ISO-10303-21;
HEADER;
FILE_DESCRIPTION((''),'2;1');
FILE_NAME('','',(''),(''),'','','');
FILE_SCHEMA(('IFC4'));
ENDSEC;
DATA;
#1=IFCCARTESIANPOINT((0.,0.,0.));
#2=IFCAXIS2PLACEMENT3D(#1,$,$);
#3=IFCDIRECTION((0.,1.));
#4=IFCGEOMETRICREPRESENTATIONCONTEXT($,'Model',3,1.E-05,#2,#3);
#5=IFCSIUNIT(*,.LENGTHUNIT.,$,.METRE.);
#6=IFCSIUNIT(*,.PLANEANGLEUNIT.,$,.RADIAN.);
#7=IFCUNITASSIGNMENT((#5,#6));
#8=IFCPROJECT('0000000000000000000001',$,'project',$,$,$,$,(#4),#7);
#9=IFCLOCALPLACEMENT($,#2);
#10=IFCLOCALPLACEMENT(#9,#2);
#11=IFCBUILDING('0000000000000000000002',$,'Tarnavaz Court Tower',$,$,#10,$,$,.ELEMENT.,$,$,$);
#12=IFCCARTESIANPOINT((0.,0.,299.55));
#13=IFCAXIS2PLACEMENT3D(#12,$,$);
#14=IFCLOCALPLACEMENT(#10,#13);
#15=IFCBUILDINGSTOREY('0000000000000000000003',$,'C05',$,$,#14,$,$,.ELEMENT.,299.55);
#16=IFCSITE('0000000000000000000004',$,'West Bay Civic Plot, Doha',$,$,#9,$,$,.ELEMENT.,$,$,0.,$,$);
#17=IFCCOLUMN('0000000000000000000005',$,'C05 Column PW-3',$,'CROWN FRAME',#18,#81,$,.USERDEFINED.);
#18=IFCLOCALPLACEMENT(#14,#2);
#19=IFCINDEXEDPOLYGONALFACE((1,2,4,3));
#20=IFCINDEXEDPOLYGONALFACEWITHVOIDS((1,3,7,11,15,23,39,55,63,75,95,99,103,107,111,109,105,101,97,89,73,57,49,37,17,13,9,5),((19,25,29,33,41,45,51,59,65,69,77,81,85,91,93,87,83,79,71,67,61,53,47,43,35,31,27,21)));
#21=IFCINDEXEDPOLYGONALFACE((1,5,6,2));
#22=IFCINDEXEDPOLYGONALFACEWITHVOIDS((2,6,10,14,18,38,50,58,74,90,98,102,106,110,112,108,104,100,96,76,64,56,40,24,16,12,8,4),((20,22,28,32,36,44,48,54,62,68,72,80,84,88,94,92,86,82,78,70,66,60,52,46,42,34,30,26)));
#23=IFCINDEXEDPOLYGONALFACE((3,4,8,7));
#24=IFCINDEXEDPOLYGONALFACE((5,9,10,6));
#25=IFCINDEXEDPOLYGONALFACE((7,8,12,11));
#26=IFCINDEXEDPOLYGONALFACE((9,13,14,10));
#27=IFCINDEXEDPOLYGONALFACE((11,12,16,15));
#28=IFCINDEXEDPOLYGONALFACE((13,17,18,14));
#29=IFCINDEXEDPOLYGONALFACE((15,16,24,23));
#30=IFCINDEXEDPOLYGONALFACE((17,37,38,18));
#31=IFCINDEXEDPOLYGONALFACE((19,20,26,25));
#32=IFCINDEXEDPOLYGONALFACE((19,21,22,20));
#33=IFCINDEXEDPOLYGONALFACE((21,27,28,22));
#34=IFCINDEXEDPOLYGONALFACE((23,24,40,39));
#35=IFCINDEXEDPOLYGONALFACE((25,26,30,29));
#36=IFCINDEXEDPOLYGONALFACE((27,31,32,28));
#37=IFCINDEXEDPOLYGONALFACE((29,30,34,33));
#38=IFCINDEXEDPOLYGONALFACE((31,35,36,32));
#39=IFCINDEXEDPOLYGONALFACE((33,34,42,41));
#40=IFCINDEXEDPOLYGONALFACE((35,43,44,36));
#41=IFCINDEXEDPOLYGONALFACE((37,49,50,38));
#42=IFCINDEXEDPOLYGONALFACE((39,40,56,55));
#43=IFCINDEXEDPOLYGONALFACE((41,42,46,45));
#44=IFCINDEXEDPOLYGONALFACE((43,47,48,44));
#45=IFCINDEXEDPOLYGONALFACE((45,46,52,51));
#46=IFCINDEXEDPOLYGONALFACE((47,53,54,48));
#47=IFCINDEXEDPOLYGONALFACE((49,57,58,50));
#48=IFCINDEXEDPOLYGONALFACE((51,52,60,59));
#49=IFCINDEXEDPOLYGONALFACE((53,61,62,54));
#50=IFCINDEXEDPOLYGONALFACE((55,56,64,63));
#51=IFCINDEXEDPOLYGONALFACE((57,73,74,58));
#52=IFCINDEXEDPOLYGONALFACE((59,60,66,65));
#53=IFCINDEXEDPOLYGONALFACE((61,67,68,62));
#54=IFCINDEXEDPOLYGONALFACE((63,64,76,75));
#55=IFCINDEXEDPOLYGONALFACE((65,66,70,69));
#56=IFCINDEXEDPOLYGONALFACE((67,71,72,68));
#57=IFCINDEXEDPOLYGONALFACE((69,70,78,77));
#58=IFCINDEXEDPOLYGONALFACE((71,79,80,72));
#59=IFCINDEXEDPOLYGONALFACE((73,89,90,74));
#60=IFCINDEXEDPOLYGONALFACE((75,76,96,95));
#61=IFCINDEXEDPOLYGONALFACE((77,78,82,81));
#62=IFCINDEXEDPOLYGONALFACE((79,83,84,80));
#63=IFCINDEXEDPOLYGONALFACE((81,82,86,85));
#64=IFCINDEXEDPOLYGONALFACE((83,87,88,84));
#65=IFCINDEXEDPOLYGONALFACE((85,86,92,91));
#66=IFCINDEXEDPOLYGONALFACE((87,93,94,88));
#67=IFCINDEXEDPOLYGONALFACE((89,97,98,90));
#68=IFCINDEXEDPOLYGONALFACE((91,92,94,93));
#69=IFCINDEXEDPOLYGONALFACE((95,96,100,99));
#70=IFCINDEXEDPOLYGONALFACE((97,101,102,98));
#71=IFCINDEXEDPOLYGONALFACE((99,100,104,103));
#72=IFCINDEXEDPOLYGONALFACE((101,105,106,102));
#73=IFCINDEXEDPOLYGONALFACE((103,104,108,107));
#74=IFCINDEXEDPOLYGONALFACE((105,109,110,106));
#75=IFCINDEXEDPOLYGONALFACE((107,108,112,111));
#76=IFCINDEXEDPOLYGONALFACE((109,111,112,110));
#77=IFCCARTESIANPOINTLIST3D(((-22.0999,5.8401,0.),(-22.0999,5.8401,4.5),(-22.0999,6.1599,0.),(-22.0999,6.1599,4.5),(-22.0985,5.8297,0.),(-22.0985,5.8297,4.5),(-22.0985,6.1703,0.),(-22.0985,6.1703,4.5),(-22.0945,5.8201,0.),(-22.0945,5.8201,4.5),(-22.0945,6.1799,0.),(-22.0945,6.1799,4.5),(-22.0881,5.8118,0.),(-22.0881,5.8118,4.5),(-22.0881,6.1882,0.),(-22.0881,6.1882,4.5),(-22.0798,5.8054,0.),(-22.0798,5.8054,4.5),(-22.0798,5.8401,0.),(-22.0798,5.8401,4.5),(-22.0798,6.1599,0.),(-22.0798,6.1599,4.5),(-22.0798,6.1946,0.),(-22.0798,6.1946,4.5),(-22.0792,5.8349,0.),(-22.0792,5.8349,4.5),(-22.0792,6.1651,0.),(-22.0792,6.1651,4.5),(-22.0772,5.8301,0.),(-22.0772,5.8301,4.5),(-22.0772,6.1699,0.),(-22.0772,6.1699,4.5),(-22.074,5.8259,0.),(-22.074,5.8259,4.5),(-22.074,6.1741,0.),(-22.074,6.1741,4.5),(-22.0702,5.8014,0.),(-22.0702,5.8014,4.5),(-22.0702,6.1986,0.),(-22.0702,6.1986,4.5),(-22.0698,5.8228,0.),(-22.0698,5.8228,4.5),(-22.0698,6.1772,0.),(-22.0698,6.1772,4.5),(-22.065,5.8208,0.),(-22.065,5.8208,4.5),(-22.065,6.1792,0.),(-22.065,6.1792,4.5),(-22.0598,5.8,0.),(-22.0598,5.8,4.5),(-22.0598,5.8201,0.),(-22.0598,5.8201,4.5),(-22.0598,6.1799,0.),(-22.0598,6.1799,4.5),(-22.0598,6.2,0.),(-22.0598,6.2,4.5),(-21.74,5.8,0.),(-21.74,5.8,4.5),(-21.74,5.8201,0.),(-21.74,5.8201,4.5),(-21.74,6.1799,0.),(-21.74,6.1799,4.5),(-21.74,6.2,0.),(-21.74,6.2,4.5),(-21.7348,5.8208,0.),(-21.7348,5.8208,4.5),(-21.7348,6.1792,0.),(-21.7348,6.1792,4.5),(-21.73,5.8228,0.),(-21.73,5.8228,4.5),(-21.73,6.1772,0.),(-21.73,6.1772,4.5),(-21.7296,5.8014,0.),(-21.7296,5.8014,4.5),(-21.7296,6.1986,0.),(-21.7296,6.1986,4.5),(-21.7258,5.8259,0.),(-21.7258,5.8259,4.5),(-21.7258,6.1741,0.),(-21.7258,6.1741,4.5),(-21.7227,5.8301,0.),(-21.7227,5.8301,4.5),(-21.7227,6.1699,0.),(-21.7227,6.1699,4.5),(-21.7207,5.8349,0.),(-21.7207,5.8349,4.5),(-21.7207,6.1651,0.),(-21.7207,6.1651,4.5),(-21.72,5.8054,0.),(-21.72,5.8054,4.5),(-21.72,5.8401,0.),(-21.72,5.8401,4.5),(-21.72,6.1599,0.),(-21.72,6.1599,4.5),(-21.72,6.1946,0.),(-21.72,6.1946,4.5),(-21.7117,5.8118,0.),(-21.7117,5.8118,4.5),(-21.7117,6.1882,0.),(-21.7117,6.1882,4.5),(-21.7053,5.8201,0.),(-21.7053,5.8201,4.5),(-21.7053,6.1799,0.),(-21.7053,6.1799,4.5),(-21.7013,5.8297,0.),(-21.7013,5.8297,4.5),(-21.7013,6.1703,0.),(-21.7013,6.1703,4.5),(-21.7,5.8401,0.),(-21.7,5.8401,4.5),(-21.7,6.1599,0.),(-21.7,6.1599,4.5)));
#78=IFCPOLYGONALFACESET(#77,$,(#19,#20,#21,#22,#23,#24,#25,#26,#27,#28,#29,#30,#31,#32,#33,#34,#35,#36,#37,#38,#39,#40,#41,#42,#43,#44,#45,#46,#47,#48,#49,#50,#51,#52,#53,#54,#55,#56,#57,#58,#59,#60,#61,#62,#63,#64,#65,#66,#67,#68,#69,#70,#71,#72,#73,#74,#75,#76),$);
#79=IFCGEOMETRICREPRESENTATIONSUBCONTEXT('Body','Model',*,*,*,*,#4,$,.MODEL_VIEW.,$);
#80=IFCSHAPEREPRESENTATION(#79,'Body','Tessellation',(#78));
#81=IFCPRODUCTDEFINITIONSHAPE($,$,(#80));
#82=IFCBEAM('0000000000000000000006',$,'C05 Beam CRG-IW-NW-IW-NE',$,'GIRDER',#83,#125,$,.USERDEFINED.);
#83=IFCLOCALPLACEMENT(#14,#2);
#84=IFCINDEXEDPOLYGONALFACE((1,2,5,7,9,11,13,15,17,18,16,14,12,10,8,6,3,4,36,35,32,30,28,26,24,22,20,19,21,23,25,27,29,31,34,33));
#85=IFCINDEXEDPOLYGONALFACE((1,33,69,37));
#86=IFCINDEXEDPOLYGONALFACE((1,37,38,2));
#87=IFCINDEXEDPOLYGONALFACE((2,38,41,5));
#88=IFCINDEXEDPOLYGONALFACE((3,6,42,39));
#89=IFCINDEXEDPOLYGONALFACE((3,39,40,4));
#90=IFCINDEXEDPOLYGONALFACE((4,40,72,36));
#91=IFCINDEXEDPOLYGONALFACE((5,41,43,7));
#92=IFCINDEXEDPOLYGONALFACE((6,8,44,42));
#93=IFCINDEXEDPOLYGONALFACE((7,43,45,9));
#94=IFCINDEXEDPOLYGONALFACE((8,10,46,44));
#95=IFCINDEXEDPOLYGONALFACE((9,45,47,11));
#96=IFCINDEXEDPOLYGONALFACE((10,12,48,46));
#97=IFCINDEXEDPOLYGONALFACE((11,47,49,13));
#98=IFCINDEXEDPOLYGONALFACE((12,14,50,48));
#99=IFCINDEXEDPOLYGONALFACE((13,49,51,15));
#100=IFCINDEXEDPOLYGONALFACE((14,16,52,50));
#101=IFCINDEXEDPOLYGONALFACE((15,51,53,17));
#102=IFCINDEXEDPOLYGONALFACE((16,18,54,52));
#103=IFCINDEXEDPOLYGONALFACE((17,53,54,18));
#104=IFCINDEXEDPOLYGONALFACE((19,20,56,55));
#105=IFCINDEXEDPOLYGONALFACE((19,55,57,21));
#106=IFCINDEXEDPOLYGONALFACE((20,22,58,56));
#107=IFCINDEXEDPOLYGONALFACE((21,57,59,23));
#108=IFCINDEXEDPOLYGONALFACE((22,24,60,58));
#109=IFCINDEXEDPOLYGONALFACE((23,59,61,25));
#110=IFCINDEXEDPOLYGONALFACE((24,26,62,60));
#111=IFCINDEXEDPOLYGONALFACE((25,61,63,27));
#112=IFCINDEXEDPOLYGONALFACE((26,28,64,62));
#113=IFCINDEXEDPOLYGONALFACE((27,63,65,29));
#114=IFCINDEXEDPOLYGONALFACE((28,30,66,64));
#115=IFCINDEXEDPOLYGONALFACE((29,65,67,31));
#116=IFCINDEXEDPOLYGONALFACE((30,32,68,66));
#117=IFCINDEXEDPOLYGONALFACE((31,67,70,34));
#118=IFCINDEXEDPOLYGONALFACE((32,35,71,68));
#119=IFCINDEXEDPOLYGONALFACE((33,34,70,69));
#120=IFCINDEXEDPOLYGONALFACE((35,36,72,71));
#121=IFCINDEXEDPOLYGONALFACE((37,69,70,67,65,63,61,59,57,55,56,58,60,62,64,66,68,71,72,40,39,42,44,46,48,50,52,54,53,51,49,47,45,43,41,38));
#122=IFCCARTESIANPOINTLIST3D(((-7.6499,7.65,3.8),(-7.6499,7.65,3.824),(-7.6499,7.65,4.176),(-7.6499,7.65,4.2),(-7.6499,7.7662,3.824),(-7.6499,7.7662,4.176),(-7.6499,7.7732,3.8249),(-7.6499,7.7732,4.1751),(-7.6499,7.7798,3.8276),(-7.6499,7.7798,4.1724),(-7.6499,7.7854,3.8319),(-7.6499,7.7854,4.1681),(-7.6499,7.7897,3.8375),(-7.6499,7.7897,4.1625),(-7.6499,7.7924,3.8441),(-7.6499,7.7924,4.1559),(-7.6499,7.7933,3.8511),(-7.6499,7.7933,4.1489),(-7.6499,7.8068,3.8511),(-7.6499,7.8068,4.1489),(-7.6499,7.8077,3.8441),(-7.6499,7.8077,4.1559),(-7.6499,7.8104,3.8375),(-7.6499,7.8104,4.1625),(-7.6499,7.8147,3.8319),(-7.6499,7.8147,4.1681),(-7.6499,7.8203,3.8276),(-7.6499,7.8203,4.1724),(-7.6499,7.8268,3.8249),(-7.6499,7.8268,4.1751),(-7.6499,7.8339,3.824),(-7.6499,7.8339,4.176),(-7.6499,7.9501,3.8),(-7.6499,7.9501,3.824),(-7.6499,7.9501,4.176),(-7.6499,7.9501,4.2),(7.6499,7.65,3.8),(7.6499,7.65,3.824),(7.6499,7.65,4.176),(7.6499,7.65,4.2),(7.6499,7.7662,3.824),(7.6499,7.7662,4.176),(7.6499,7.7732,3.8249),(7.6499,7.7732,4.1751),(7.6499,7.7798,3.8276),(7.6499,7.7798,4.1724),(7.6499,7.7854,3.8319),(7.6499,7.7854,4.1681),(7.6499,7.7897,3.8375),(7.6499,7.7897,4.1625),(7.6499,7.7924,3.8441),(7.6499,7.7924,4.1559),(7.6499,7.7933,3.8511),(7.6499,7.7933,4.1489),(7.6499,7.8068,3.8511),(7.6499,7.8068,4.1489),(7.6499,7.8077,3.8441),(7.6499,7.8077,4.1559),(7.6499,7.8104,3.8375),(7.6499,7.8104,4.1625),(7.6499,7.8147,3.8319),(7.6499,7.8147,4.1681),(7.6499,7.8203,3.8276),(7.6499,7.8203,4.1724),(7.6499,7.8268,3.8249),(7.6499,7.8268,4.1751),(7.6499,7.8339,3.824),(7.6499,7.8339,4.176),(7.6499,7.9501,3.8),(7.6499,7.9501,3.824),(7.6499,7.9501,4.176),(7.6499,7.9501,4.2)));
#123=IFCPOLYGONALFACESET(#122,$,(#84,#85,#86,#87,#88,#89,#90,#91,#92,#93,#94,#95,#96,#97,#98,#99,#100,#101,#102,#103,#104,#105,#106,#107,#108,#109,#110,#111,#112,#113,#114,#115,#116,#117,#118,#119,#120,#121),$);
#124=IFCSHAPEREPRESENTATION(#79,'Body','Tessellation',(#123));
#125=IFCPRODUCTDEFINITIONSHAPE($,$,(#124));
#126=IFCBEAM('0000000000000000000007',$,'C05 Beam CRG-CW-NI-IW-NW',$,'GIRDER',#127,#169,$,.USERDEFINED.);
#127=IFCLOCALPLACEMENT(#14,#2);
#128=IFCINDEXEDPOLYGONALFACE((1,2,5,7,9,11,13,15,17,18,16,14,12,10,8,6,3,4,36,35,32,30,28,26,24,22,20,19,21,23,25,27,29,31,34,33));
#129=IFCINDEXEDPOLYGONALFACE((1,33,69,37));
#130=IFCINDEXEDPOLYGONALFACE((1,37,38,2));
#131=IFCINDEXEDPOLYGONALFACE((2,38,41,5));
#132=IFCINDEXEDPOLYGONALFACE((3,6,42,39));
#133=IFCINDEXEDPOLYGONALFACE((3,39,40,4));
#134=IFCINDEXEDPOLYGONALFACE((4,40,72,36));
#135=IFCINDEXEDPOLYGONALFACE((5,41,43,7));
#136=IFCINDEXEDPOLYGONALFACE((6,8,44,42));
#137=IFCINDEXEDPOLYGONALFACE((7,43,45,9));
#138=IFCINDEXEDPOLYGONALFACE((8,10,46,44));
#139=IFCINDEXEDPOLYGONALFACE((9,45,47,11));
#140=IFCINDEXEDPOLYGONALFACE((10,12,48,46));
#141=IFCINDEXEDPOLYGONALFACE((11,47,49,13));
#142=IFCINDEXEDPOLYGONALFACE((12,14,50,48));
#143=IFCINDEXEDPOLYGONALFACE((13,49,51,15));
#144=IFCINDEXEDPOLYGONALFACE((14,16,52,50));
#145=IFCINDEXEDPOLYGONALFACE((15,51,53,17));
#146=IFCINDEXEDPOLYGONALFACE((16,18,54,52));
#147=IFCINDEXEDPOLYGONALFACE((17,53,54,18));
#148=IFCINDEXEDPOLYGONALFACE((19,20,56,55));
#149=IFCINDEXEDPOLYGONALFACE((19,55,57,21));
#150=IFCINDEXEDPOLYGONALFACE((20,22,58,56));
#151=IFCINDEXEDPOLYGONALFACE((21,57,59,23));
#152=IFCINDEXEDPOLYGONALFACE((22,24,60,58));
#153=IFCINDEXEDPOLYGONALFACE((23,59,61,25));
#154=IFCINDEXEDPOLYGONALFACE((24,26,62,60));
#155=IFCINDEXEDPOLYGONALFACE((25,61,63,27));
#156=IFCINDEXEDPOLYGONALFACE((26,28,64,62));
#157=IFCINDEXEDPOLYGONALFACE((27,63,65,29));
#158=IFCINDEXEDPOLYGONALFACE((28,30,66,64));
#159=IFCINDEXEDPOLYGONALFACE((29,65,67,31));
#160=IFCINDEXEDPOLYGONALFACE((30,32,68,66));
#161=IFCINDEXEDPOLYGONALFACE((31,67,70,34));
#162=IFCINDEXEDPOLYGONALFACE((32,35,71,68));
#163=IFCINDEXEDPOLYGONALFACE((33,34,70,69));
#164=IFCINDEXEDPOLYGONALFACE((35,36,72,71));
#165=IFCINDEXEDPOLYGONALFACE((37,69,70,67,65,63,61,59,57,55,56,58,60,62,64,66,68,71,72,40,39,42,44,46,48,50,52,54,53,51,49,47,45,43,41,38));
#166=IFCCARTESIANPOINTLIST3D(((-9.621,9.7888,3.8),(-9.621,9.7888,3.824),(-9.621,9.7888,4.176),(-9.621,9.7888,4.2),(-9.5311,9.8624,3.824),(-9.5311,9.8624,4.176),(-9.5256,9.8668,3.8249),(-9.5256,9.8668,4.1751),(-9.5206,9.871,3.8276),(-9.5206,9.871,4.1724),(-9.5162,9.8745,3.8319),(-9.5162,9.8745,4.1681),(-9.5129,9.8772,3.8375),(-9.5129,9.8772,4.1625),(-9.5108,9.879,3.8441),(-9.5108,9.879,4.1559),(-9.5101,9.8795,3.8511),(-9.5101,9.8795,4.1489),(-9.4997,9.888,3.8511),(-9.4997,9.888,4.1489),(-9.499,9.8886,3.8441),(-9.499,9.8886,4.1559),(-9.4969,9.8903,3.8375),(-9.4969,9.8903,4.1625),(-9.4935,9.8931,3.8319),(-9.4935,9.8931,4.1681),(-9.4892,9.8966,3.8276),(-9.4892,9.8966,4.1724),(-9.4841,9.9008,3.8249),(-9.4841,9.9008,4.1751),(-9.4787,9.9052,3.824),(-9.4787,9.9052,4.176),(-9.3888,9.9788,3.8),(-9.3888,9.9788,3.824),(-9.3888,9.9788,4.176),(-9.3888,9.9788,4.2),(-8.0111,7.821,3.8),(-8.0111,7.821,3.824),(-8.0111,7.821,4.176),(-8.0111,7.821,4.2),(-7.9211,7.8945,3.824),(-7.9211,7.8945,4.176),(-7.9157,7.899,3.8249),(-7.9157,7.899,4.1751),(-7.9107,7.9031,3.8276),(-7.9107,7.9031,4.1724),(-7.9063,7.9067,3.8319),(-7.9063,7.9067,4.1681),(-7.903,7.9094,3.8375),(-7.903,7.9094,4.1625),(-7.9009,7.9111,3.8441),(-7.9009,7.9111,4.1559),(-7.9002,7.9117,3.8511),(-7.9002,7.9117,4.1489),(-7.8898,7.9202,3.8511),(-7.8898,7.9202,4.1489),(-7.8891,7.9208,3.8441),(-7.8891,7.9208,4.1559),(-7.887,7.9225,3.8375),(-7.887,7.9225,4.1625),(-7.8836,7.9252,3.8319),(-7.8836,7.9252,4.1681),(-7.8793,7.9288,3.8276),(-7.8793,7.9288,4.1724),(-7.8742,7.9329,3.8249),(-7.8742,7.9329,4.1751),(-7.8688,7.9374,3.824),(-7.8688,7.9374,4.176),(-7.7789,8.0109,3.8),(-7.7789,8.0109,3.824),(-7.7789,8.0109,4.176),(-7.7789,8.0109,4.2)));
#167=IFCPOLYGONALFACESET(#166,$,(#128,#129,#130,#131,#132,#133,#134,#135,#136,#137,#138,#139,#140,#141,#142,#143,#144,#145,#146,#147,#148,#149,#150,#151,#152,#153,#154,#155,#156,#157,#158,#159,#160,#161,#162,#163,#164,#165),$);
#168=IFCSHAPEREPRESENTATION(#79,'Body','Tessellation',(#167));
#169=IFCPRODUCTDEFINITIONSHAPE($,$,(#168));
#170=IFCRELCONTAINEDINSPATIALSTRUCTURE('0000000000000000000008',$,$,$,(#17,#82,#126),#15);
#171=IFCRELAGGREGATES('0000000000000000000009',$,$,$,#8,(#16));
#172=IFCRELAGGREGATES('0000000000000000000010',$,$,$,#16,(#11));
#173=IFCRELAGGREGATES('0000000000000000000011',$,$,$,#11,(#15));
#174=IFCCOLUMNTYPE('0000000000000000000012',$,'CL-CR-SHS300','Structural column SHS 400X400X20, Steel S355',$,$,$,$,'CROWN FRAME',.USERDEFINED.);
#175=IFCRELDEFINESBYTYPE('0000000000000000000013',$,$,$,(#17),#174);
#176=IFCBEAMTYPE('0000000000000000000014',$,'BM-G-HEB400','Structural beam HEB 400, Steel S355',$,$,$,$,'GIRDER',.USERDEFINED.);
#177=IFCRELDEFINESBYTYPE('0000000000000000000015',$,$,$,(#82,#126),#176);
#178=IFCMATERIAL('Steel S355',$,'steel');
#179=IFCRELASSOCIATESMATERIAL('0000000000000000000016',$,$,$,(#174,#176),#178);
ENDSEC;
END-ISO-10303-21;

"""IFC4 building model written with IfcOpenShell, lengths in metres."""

from ifc_helpers import new_model, si_unit, direction, frame, origin, origin_2d, place, context, subcontext, project, spatial, hollow_rectangle, i_section, extrude, material, material_profile, profile_set, type_object, element, save


model = new_model("IFC4")

# Units and contexts
model_context = context("Model", 3, precision=1e-05, world=origin(), true_north=direction((0.0, 1.0)))
body_context = subcontext(model_context, "Body", "Model", "MODEL_VIEW")
ifc_project = project(units=[si_unit("LENGTHUNIT", "METRE"), si_unit("PLANEANGLEUNIT", "RADIAN")], contexts=[model_context])

# Site, building, storey
site_placement = place(None, origin())
site = spatial("IfcSite", under=ifc_project, at=site_placement, Name="West Bay Civic Plot, Doha", CompositionType="ELEMENT", RefElevation=0.0)
building_placement = place(site_placement, origin())
building = spatial("IfcBuilding", under=site, at=building_placement, Name="Tarnavaz Court Tower", CompositionType="ELEMENT")
storey_placement = place(building_placement, frame((0.0, 0.0, 299.55)))
storey = spatial("IfcBuildingStorey", under=building, at=storey_placement, Name="C05", CompositionType="ELEMENT", Elevation=299.55)

# Column
ifc_material_1 = material(Name="Steel S355", Category="steel")
ifc_material_profile_1 = material_profile(ifc_material_1, hollow_rectangle(XDim=0.3999, YDim=0.3999, WallThickness=0.02, InnerFilletRadius=0.02, OuterFilletRadius=0.04, at=origin_2d()), Name="SHS 400X400X20")
ifc_profile_set_1 = profile_set([ifc_material_profile_1], Name="Steel S355")
column_type = type_object("IfcColumnType", Name="CL-CR-SHS300", Description="Structural column SHS 400X400X20, Steel S355", ElementType="CROWN FRAME", PredefinedType="USERDEFINED", material=ifc_profile_set_1)
for number, where, z_axis, x_axis, name in (
    (1, (-21.8999, 6.0, 0.0), (0.0, 0.0, 1.0), (1.0, 0.0, 0.0), "C05 Column PW-3"),
):
    element("IfcColumn", number, at=place(storey_placement, frame(where, z_axis=z_axis, x_axis=x_axis)), inside=storey, type_object=column_type, Name=name, ObjectType="CROWN FRAME", PredefinedType="USERDEFINED", context=body_context, shape_type="SweptSolid", body=[
        extrude(hollow_rectangle(XDim=0.3999, YDim=0.3999, WallThickness=0.02, InnerFilletRadius=0.02, OuterFilletRadius=0.04, at=origin_2d()), origin(), (0.0, 0.0, 1.0), 4.5),
    ])

# Beams
ifc_material_profile_2 = material_profile(ifc_material_1, i_section(OverallWidth=0.3, OverallDepth=0.3999, WebThickness=0.0134, FlangeThickness=0.0239, FilletRadius=0.0271, at=origin_2d()), Name="HEB 400")
ifc_profile_set_2 = profile_set([ifc_material_profile_2], Name="Steel S355")
beam_type = type_object("IfcBeamType", Name="BM-G-HEB400", Description="Structural beam HEB 400, Steel S355", ElementType="GIRDER", PredefinedType="USERDEFINED", material=ifc_profile_set_2)
beam_1_placement = place(storey_placement, frame((-7.6499, 7.8, 4.0), z_axis=(1.0, 0.0, 0.0), x_axis=(0.0, 1.0, 0.0)))
element("IfcBeam", 2, at=beam_1_placement, inside=storey, type_object=beam_type, Name="C05 Beam CRG-IW-NW-IW-NE", ObjectType="GIRDER", PredefinedType="USERDEFINED", context=body_context, shape_type="SweptSolid", body=[
    extrude(i_section(OverallWidth=0.3, OverallDepth=0.3999, WebThickness=0.0134, FlangeThickness=0.0239, FilletRadius=0.0271, at=origin_2d()), origin(), (0.0, 0.0, 1.0), 15.2998),
])
beam_2_placement = place(storey_placement, frame((-9.5049, 9.8838, 4.0), z_axis=(0.633206, -0.773983, 0.0), x_axis=(0.773983, 0.633206, 0.0)))
element("IfcBeam", 3, at=beam_2_placement, inside=storey, type_object=beam_type, Name="C05 Beam CRG-CW-NI-IW-NW", ObjectType="GIRDER", PredefinedType="USERDEFINED", context=body_context, shape_type="SweptSolid", body=[
    extrude(i_section(OverallWidth=0.3, OverallDepth=0.3999, WebThickness=0.0134, FlangeThickness=0.0239, FilletRadius=0.0271, at=origin_2d()), origin(), (0.0, 0.0, 1.0), 2.5425),
])

save(model, "model.ifc")
